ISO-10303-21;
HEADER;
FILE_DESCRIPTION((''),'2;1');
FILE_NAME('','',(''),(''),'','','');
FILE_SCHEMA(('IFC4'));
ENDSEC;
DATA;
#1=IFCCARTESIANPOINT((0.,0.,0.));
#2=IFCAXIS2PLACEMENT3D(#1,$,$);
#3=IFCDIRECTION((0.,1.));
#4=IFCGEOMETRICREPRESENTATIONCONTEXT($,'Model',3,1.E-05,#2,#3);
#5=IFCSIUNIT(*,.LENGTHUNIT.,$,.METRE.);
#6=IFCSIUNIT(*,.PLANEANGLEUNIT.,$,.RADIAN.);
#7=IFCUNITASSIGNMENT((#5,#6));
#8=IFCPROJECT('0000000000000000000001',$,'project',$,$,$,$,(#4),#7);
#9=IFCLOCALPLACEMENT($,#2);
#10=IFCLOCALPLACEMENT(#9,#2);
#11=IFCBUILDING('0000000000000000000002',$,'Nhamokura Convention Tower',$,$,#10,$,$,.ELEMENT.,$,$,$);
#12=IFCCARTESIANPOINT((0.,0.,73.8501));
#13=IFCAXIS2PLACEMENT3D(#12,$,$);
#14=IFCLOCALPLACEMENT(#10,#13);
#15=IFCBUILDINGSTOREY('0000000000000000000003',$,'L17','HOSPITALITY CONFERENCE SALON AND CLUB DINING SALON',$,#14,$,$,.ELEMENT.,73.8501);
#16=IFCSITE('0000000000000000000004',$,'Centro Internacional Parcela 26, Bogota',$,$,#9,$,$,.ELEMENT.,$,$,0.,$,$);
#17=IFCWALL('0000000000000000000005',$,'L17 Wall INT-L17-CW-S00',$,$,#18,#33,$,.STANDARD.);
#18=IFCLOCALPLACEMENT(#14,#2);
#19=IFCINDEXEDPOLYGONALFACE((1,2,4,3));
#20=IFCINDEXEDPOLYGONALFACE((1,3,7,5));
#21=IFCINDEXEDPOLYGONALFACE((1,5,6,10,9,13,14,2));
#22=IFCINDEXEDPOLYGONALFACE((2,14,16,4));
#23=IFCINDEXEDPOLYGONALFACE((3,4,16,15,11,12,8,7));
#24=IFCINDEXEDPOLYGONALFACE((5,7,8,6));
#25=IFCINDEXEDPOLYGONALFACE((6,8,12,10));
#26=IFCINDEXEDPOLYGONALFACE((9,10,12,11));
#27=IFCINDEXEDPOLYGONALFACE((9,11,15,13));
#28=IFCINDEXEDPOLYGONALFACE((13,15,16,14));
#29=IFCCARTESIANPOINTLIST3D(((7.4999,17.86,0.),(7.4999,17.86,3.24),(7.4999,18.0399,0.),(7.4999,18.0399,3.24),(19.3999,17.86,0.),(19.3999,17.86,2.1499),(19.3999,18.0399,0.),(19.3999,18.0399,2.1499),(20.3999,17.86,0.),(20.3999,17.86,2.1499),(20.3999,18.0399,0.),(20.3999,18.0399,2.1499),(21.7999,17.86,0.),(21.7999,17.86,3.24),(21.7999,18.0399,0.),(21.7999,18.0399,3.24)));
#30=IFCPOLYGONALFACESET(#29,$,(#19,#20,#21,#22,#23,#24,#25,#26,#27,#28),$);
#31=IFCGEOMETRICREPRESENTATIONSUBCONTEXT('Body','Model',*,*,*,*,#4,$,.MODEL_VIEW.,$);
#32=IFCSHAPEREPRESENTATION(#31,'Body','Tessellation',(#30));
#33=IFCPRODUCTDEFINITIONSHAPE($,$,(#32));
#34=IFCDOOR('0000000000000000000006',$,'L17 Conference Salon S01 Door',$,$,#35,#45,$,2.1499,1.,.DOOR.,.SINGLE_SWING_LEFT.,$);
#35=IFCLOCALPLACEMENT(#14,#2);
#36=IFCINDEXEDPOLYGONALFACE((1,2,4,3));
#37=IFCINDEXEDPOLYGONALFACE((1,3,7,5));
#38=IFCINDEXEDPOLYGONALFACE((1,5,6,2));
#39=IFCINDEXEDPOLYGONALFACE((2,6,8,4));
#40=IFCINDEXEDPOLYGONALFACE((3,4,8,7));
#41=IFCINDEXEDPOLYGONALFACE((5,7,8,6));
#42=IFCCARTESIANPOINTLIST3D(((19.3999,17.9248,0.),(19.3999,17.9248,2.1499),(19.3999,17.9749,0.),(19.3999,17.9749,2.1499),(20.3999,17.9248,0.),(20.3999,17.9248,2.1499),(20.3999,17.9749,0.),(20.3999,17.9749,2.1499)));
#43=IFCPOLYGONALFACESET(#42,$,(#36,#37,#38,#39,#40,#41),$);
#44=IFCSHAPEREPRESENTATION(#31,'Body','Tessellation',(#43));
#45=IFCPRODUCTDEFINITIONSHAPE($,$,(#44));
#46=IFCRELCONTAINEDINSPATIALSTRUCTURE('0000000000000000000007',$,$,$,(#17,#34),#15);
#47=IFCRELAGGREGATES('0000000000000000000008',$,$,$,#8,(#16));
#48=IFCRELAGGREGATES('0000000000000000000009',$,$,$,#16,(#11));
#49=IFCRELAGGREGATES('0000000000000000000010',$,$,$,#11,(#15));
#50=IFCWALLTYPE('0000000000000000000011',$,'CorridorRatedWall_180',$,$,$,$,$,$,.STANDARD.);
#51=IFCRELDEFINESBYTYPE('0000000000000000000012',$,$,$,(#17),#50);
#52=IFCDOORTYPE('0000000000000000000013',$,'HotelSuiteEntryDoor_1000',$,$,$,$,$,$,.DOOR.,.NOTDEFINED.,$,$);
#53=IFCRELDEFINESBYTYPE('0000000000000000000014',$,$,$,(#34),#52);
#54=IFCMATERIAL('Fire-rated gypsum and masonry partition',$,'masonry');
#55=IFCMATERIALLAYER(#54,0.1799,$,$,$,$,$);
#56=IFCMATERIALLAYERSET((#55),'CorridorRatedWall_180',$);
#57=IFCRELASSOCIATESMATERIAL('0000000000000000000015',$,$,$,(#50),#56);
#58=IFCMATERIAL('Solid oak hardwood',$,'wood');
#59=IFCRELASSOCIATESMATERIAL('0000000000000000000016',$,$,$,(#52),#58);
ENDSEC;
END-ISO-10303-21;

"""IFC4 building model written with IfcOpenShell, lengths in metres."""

from ifc_helpers import new_model, si_unit, direction, frame, frame_2d, origin, place, context, subcontext, project, spatial, rectangle, extrude, material, layer, layer_set, type_object, element, fill, save


model = new_model("IFC4")

# Units and contexts
model_context = context("Model", 3, precision=1e-05, world=origin(), true_north=direction((0.0, 1.0)))
body_context = subcontext(model_context, "Body", "Model", "MODEL_VIEW")
ifc_project = project(units=[si_unit("LENGTHUNIT", "METRE"), si_unit("PLANEANGLEUNIT", "RADIAN")], contexts=[model_context])

# Site, building, storey
site_placement = place(None, origin())
site = spatial("IfcSite", under=ifc_project, at=site_placement, Name="Centro Internacional Parcela 26, Bogota", CompositionType="ELEMENT", RefElevation=0.0)
building_placement = place(site_placement, origin())
building = spatial("IfcBuilding", under=site, at=building_placement, Name="Nhamokura Convention Tower", CompositionType="ELEMENT")
storey_placement = place(building_placement, frame((0.0, 0.0, 73.8501)))
storey = spatial("IfcBuildingStorey", under=building, at=storey_placement, Name="L17", Description="HOSPITALITY CONFERENCE SALON AND CLUB DINING SALON", CompositionType="ELEMENT", Elevation=73.8501)

# Wall, opening, door
ifc_material_1 = material(Name="Fire-rated gypsum and masonry partition", Category="masonry")
ifc_layer_1 = layer(ifc_material_1, 0.1799)
ifc_layer_set_1 = layer_set([ifc_layer_1], Name="CorridorRatedWall_180")
wall_type_1 = type_object("IfcWallType", Name="CorridorRatedWall_180", PredefinedType="STANDARD", material=ifc_layer_set_1)
wall_1_placement = place(storey_placement, frame((7.5, 17.95, 0.0), z_axis=(0.0, 0.0, 1.0), x_axis=(1.0, 0.0, 0.0)))
wall_1 = element("IfcWall", 1, at=wall_1_placement, inside=storey, type_object=wall_type_1, Name="L17 Wall INT-L17-CW-S00", PredefinedType="STANDARD", context=body_context, shape_type="SweptSolid", body=[
    extrude(rectangle(XDim=14.3, YDim=0.1799, at=frame_2d((7.1499, 0.0))), origin(), (0.0, 0.0, 1.0), 3.24),
])
opening_1_placement = place(wall_1_placement, frame((11.8999, 0.0, 0.0)))
opening_1 = element("IfcOpeningElement", 2, at=opening_1_placement, cuts=wall_1, PredefinedType="OPENING", context=body_context, shape_type="SweptSolid", body=[
    extrude(rectangle(XDim=1.0, YDim=2.1499, at=frame_2d((0.5, 1.075))), frame((0.0, 0.0999, 0.0), z_axis=(0.0, -1.0, 0.0), x_axis=(1.0, 0.0, 0.0)), (0.0, 0.0, 1.0), 0.2),
])
ifc_material_2 = material(Name="Solid oak hardwood", Category="wood")
door_type = type_object("IfcDoorType", Name="HotelSuiteEntryDoor_1000", OperationType="NOTDEFINED", PredefinedType="DOOR", material=ifc_material_2)
door_placement = place(opening_1_placement, origin())
door = element("IfcDoor", 3, at=door_placement, inside=storey, type_object=door_type, Name="L17 Conference Salon S01 Door", OperationType="SINGLE_SWING_LEFT", OverallHeight=2.1499, OverallWidth=1.0, PredefinedType="DOOR", context=body_context, shape_type="SweptSolid", body=[
    extrude(rectangle(XDim=1.0, YDim=2.1499, at=frame_2d((0.5, 1.075))), frame((0.0, 0.0249, 0.0), z_axis=(0.0, -1.0, 0.0), x_axis=(1.0, 0.0, 0.0)), (0.0, 0.0, 1.0), 0.05),
])
fill(opening_1, door)

save(model, "model.ifc")
